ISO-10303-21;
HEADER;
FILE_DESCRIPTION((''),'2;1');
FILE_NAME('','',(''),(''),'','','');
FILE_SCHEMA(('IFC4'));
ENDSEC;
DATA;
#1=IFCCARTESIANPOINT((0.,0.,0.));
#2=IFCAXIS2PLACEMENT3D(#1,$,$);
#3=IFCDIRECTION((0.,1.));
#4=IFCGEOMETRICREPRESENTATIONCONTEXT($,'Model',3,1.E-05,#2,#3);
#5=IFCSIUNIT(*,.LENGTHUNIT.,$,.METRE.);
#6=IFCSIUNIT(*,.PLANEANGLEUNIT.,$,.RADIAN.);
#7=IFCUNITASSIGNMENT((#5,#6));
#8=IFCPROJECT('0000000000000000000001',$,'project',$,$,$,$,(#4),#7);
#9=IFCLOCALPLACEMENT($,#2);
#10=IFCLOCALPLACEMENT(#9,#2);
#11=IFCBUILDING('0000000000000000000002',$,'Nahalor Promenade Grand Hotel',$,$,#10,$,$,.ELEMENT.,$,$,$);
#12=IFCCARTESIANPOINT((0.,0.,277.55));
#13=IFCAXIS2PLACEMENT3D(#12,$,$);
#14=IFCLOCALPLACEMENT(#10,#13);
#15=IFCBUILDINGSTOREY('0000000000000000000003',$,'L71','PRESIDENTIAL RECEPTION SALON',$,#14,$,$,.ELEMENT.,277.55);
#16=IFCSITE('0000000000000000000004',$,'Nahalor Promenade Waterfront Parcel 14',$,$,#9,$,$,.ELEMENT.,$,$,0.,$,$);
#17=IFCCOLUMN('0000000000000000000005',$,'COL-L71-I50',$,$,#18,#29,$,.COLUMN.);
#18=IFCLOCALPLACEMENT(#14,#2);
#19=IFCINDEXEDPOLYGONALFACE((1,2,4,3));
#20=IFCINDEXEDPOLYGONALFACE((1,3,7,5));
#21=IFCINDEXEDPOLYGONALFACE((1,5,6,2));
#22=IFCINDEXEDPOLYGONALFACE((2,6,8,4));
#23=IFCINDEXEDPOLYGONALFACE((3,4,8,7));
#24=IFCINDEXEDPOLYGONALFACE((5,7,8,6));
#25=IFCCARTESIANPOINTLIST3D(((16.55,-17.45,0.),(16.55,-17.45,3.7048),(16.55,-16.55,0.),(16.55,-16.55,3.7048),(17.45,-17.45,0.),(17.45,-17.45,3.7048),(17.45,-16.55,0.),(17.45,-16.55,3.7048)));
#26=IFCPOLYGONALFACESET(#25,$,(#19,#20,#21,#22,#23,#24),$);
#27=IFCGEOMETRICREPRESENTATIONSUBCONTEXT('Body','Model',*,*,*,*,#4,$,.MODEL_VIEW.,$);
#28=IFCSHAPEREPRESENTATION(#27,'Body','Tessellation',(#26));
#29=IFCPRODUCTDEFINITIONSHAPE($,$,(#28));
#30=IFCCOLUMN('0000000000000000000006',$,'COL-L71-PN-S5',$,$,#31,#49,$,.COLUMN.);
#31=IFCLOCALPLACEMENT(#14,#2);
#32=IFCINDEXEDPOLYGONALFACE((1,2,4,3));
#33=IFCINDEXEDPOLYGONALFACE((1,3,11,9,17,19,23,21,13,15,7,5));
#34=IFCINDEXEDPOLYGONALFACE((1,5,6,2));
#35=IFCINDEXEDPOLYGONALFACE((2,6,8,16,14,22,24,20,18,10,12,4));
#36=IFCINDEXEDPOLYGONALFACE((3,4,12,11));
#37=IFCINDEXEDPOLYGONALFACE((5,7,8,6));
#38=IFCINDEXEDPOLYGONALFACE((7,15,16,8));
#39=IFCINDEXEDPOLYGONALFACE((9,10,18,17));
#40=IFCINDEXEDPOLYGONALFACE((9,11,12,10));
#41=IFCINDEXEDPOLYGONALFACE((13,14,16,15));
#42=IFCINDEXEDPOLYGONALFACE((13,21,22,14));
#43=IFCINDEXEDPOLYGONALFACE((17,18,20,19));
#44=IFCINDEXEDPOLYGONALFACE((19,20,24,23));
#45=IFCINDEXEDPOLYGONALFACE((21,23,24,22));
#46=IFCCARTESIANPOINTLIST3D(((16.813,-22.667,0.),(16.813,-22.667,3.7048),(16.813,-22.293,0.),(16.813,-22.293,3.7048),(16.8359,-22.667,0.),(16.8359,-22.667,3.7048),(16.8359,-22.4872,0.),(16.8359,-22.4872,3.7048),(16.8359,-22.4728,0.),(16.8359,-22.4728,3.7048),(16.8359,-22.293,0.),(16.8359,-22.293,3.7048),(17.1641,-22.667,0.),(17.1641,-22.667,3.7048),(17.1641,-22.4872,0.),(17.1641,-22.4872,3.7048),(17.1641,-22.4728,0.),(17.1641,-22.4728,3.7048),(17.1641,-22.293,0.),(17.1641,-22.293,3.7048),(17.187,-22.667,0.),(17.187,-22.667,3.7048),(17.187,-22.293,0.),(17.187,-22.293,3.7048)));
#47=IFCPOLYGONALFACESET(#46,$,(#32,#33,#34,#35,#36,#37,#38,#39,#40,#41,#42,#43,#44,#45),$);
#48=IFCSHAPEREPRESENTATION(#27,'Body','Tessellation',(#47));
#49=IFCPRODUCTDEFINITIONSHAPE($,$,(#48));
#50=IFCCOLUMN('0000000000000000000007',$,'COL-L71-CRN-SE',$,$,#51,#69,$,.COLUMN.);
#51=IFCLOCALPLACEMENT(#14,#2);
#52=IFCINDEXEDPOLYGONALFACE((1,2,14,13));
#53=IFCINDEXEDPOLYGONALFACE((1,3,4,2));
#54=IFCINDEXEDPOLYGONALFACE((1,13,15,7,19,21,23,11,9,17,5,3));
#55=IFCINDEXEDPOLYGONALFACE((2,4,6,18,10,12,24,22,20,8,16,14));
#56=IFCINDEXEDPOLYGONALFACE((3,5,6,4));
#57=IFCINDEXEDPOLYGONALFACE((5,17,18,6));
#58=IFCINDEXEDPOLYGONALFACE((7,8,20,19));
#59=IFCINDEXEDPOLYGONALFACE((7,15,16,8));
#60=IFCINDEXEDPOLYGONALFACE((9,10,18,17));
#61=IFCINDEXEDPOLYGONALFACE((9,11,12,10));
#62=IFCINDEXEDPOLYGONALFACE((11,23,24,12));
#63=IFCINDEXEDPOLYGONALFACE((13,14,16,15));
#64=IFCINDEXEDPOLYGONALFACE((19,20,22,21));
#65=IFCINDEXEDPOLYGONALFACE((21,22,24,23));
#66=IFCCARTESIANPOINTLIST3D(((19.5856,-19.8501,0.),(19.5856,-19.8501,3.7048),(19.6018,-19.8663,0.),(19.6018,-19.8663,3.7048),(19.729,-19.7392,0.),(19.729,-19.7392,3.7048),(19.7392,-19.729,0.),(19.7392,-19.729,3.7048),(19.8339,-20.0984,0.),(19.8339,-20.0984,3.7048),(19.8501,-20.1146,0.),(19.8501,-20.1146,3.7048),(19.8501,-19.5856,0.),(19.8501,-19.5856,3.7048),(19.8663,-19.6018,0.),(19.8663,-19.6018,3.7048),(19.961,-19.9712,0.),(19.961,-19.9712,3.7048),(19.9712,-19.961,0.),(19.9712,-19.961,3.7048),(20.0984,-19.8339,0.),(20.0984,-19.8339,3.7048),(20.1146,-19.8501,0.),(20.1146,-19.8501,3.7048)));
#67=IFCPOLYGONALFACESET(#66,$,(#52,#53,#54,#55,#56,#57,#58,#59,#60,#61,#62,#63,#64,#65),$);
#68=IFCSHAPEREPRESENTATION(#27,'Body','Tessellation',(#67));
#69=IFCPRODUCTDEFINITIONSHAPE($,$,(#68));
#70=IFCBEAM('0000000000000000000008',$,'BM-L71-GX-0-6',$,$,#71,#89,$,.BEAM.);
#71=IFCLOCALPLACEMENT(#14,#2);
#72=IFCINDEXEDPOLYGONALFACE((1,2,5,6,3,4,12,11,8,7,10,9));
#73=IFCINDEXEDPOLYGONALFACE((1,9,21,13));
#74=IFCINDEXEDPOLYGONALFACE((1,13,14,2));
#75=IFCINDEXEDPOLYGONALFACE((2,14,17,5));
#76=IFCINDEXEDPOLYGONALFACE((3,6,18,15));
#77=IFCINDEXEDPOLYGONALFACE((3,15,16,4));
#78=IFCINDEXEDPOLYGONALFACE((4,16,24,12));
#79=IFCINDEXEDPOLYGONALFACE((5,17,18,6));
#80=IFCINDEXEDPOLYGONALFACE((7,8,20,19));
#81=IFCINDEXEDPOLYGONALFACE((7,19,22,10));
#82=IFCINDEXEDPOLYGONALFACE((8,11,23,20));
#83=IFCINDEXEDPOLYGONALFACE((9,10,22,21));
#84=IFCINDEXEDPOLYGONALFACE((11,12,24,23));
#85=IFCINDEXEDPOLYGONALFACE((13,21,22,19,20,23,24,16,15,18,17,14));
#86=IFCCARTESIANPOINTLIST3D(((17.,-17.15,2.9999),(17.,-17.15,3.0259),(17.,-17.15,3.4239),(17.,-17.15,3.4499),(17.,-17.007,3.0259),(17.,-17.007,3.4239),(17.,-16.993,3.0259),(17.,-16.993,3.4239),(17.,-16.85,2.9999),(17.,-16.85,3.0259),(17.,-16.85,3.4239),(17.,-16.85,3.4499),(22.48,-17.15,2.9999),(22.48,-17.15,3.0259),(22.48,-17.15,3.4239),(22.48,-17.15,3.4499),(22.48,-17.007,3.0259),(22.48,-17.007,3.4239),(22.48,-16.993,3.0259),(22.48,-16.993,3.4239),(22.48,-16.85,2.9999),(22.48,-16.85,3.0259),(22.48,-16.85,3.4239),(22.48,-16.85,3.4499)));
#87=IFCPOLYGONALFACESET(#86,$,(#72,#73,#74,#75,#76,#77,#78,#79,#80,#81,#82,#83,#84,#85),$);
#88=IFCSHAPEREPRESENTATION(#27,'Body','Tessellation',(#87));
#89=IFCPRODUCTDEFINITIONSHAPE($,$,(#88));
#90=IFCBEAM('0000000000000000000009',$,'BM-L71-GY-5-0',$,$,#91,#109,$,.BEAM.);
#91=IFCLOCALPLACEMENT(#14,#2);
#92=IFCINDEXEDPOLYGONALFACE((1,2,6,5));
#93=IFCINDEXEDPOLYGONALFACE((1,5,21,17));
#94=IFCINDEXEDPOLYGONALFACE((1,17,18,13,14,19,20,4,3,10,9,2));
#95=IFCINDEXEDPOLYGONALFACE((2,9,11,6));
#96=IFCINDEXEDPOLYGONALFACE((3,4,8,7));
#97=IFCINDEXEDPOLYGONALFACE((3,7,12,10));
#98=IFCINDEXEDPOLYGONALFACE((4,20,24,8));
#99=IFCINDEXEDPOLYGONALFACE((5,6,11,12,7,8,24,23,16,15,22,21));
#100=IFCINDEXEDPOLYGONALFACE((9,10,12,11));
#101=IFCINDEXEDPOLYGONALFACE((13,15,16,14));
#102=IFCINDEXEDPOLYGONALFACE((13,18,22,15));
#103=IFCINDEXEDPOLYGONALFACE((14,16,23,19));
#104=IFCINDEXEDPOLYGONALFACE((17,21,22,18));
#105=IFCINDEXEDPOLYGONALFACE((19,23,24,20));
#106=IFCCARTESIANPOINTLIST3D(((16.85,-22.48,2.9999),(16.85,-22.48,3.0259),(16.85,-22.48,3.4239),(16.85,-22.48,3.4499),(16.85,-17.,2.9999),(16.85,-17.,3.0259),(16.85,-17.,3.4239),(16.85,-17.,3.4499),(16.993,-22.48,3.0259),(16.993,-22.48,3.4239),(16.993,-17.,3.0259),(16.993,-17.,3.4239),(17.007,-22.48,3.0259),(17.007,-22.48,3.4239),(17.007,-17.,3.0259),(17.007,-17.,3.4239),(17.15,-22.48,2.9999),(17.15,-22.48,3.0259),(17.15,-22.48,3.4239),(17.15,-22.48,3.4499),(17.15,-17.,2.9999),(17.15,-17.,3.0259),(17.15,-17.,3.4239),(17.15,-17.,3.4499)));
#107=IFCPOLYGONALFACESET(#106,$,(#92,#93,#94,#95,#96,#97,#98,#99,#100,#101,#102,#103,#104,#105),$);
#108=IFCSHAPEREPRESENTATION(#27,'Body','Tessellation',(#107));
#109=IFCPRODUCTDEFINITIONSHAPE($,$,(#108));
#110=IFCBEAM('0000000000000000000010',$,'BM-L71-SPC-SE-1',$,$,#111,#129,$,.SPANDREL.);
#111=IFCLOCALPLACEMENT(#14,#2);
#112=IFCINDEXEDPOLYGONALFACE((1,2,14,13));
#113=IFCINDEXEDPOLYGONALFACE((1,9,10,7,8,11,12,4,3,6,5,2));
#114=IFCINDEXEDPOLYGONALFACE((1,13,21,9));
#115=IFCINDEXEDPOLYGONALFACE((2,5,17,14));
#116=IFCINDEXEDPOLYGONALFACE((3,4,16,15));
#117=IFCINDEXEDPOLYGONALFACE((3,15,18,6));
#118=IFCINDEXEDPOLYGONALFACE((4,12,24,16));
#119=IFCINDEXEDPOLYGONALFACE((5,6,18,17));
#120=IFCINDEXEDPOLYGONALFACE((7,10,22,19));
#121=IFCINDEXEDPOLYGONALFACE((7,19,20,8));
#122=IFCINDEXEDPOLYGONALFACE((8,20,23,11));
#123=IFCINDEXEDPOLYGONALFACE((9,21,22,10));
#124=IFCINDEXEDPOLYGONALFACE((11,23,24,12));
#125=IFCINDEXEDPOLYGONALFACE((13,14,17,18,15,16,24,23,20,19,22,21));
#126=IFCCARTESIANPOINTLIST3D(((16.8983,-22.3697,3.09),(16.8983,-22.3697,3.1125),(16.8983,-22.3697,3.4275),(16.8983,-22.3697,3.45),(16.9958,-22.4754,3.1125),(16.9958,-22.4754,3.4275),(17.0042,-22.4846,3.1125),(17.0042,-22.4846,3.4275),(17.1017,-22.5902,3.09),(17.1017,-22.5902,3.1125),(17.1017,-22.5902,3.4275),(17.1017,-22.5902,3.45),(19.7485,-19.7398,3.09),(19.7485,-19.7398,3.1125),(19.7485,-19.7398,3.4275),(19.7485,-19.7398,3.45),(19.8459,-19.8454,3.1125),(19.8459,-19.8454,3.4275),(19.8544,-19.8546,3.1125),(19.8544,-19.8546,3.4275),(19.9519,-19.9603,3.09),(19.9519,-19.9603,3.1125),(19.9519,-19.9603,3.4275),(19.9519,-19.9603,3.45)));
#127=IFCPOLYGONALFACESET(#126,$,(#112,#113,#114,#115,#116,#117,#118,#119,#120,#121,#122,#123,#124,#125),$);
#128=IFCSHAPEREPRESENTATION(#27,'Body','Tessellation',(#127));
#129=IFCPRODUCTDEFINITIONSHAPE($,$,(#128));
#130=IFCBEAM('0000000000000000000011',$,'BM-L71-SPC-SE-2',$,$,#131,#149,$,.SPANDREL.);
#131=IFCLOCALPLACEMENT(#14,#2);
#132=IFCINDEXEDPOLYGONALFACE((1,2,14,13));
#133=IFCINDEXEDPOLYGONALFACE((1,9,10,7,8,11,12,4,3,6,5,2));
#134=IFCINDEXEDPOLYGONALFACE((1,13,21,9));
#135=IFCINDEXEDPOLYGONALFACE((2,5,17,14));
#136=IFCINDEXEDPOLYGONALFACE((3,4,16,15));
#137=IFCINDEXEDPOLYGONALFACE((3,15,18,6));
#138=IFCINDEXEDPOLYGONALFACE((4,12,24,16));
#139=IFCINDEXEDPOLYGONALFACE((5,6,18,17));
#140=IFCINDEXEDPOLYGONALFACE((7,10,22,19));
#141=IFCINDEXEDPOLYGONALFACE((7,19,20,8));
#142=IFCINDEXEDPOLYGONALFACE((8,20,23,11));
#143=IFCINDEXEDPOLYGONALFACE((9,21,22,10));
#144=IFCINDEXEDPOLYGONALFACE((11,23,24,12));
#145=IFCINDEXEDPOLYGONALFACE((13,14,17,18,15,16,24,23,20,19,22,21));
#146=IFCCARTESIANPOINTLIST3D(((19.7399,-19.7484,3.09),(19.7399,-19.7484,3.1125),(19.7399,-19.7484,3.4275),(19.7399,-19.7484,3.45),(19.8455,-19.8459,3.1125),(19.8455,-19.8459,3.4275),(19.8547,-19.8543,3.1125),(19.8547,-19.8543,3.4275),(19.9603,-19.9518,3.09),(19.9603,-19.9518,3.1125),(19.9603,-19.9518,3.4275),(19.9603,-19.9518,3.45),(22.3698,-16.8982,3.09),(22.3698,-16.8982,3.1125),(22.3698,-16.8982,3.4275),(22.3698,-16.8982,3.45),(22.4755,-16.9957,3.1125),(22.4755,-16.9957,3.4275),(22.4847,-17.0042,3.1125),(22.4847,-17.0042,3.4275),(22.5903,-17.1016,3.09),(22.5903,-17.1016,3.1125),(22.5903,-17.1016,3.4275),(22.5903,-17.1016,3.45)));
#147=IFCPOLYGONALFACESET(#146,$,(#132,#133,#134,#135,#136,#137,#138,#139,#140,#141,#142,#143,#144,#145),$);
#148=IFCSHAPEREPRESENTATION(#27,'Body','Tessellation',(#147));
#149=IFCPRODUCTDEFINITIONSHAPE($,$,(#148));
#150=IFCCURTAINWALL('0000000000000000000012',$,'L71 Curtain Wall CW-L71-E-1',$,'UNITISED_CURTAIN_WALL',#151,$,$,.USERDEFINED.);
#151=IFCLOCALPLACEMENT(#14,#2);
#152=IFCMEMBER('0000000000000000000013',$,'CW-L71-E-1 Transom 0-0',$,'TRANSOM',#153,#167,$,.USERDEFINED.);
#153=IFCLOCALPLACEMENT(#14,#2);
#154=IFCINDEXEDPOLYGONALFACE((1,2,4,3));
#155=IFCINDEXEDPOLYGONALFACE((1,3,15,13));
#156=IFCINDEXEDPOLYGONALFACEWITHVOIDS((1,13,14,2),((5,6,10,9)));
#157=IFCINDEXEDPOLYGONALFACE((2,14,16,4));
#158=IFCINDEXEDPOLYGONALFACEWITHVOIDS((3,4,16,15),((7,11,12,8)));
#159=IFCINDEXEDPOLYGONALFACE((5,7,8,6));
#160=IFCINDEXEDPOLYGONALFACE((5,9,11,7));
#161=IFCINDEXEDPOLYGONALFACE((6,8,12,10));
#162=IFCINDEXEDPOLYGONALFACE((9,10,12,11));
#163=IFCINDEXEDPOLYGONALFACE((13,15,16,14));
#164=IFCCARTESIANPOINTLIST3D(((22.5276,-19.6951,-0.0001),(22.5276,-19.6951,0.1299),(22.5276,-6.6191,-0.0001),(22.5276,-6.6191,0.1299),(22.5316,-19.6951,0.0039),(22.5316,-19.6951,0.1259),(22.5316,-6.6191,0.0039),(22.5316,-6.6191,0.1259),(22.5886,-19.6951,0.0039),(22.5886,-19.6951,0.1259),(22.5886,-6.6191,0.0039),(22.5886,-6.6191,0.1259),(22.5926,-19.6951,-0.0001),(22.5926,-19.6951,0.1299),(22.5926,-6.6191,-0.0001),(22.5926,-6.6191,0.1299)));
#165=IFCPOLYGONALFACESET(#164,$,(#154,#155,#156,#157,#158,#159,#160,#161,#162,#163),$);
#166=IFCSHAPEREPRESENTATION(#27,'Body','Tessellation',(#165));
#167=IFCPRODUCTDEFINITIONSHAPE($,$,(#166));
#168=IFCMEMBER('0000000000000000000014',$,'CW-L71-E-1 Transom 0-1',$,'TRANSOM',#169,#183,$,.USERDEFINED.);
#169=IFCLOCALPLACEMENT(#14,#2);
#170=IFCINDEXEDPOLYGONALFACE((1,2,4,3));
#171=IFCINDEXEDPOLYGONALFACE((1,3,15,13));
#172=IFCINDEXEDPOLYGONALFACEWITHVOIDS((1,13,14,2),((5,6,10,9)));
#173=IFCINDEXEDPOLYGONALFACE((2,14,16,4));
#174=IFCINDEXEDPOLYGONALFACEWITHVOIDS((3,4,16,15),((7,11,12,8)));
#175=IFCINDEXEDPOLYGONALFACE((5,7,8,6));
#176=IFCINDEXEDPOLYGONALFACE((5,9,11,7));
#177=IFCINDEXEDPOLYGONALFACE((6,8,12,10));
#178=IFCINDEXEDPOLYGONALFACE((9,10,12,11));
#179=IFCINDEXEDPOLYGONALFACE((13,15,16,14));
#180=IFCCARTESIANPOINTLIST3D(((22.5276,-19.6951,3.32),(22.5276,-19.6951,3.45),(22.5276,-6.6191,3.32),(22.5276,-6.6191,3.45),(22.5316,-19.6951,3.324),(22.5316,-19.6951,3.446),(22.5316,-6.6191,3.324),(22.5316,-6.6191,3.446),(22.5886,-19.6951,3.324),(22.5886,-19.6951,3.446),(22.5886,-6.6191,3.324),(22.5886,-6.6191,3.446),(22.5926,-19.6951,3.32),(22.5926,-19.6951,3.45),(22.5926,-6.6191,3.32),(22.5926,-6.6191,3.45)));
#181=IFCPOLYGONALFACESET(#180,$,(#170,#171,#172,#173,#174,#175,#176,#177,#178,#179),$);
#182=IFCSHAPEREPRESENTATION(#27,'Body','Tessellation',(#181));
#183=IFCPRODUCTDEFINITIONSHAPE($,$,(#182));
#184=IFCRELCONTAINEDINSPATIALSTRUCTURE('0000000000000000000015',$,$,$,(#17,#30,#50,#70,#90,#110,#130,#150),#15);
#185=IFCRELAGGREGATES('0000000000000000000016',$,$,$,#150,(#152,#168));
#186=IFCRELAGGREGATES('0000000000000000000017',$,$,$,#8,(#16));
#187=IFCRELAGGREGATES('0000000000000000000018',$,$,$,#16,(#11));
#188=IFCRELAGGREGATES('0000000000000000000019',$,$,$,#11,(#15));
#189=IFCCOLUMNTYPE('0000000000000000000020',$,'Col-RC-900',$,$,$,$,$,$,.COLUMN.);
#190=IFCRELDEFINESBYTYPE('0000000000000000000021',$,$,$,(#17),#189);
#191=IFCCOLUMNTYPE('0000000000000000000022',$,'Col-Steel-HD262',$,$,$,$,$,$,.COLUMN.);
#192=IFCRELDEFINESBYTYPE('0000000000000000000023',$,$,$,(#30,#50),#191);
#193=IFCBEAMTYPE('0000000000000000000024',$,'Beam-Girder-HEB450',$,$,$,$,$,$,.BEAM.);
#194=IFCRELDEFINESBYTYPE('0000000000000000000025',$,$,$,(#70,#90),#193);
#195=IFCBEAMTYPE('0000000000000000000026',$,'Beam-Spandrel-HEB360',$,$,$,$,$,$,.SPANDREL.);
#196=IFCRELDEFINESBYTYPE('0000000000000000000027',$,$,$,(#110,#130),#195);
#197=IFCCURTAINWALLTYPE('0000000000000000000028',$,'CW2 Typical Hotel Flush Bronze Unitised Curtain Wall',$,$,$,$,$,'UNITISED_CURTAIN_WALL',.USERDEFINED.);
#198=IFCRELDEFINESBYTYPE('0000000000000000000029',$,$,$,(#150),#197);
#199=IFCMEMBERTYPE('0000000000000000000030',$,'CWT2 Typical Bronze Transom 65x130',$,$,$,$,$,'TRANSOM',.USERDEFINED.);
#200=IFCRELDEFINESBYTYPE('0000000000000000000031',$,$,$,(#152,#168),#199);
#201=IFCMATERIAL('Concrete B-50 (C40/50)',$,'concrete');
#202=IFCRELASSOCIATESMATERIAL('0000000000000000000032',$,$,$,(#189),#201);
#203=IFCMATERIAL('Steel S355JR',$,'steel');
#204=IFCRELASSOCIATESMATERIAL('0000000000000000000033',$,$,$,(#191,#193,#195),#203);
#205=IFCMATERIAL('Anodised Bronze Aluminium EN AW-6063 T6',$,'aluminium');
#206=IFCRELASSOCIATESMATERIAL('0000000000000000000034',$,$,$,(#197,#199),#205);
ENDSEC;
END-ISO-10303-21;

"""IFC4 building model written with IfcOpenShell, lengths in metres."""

from ifc_helpers import new_model, si_unit, direction, frame, origin, origin_2d, place, context, subcontext, project, spatial, rectangle, hollow_rectangle, i_section, extrude, source, transform, mapped, material, material_profile, profile_set, type_object, element, aggregate, save


model = new_model("IFC4")

# Units and contexts
model_context = context("Model", 3, precision=1e-05, world=origin(), true_north=direction((0.0, 1.0)))
body_context = subcontext(model_context, "Body", "Model", "MODEL_VIEW")
ifc_project = project(units=[si_unit("LENGTHUNIT", "METRE"), si_unit("PLANEANGLEUNIT", "RADIAN")], contexts=[model_context])

# Site, building, storey
site_placement = place(None, origin())
site = spatial("IfcSite", under=ifc_project, at=site_placement, Name="Nahalor Promenade Waterfront Parcel 14", CompositionType="ELEMENT", RefElevation=0.0)
building_placement = place(site_placement, origin())
building = spatial("IfcBuilding", under=site, at=building_placement, Name="Nahalor Promenade Grand Hotel", CompositionType="ELEMENT")
storey_placement = place(building_placement, frame((0.0, 0.0, 277.55)))
storey = spatial("IfcBuildingStorey", under=building, at=storey_placement, Name="L71", Description="PRESIDENTIAL RECEPTION SALON", CompositionType="ELEMENT", Elevation=277.55)

# Columns
ifc_material_1 = material(Name="Concrete B-50 (C40/50)", Category="concrete")
ifc_material_profile_1 = material_profile(ifc_material_1, rectangle(XDim=0.9, YDim=0.9, at=origin_2d()), Name="RC 900x900")
ifc_profile_set_1 = profile_set([ifc_material_profile_1], Name="Concrete B-50 (C40/50)")
column_type_1 = type_object("IfcColumnType", Name="Col-RC-900", PredefinedType="COLUMN", material=ifc_profile_set_1)
shared_shape_1 = source(origin(), body_context, "Body", "SweptSolid", [
    extrude(rectangle(XDim=0.9, YDim=0.9, at=origin_2d()), origin(), (0.0, 0.0, 1.0), 3.7048),
])
column_placement = place(storey_placement, frame((17.0, -17.0, 0.0), z_axis=(0.0, 0.0, 1.0), x_axis=(1.0, 0.0, 0.0)))
element("IfcColumn", 1, at=column_placement, inside=storey, type_object=column_type_1, Name="COL-L71-I50", PredefinedType="COLUMN", context=body_context, shape_type="MappedRepresentation", body=[
    mapped(shared_shape_1, transform((0.0, 0.0, 0.0), scale=1.0)),
])
ifc_material_2 = material(Name="Steel S355JR", Category="steel")
ifc_material_profile_2 = material_profile(ifc_material_2, i_section(OverallWidth=0.374, OverallDepth=0.374, WebThickness=0.0144, FlangeThickness=0.0229, at=origin_2d()), Name="HD 360x262")
ifc_profile_set_2 = profile_set([ifc_material_profile_2], Name="Steel S355JR")
column_type_2 = type_object("IfcColumnType", Name="Col-Steel-HD262", PredefinedType="COLUMN", material=ifc_profile_set_2)
shared_shape_2 = source(origin(), body_context, "Body", "SweptSolid", [
    extrude(i_section(OverallWidth=0.374, OverallDepth=0.374, WebThickness=0.0144, FlangeThickness=0.0229, at=origin_2d()), origin(), (0.0, 0.0, 1.0), 3.7048),
])
for number, where, z_axis, x_axis, name in (
    (2, (17.0, -22.48, 0.0), (0.0, 0.0, 1.0), (0.0, 1.0, 0.0), "COL-L71-PN-S5"),
    (3, (19.8501, -19.8501, 0.0), (0.0, 0.0, 1.0), (0.707107, 0.707107, 0.0), "COL-L71-CRN-SE"),
):
    element("IfcColumn", number, at=place(storey_placement, frame(where, z_axis=z_axis, x_axis=x_axis)), inside=storey, type_object=column_type_2, Name=name, PredefinedType="COLUMN", context=body_context, shape_type="MappedRepresentation", body=[
        mapped(shared_shape_2, transform((0.0, 0.0, 0.0), scale=1.0)),
    ])

# Beams
ifc_material_profile_3 = material_profile(ifc_material_2, i_section(OverallWidth=0.3, OverallDepth=0.45, WebThickness=0.014, FlangeThickness=0.026, at=origin_2d()), Name="HEB 450")
ifc_profile_set_3 = profile_set([ifc_material_profile_3], Name="Steel S355JR")
beam_type_1 = type_object("IfcBeamType", Name="Beam-Girder-HEB450", PredefinedType="BEAM", material=ifc_profile_set_3)
shared_shape_3 = source(origin(), body_context, "Body", "SweptSolid", [
    extrude(i_section(OverallWidth=0.3, OverallDepth=0.45, WebThickness=0.014, FlangeThickness=0.026, at=origin_2d()), origin(), (0.0, 0.0, 1.0), 5.48),
])
for number, where, z_axis, x_axis, name in (
    (4, (17.0, -17.0, 3.2249), (1.0, 0.0, 0.0), (0.0, 1.0, 0.0), "BM-L71-GX-0-6"),
    (5, (17.0, -22.48, 3.2249), (0.0, 1.0, 0.0), (-1.0, 0.0, 0.0), "BM-L71-GY-5-0"),
):
    element("IfcBeam", number, at=place(storey_placement, frame(where, z_axis=z_axis, x_axis=x_axis)), inside=storey, type_object=beam_type_1, Name=name, PredefinedType="BEAM", context=body_context, shape_type="MappedRepresentation", body=[
        mapped(shared_shape_3, transform((0.0, 0.0, 0.0), scale=1.0)),
    ])
ifc_material_profile_4 = material_profile(ifc_material_2, i_section(OverallWidth=0.3, OverallDepth=0.36, WebThickness=0.0125, FlangeThickness=0.0225, at=origin_2d()), Name="HEB 360")
ifc_profile_set_4 = profile_set([ifc_material_profile_4], Name="Steel S355JR")
beam_type_2 = type_object("IfcBeamType", Name="Beam-Spandrel-HEB360", PredefinedType="SPANDREL", material=ifc_profile_set_4)
shared_shape_4 = source(origin(), body_context, "Body", "SweptSolid", [
    extrude(i_section(OverallWidth=0.3, OverallDepth=0.36, WebThickness=0.0125, FlangeThickness=0.0225, at=origin_2d()), origin(), (0.0, 0.0, 1.0), 3.8782),
])
for number, where, z_axis, x_axis, name in (
    (6, (17.0, -22.48, 3.27), (0.734929, 0.678144, 0.0), (-0.678144, 0.734929, 0.0), "BM-L71-SPC-SE-1"),
    (7, (19.8501, -19.8501, 3.27), (0.678144, 0.734929, 0.0), (-0.734929, 0.678144, 0.0), "BM-L71-SPC-SE-2"),
):
    element("IfcBeam", number, at=place(storey_placement, frame(where, z_axis=z_axis, x_axis=x_axis)), inside=storey, type_object=beam_type_2, Name=name, PredefinedType="SPANDREL", context=body_context, shape_type="MappedRepresentation", body=[
        mapped(shared_shape_4, transform((0.0, 0.0, 0.0), scale=1.0)),
    ])

# Curtain wall, members
ifc_material_3 = material(Name="Anodised Bronze Aluminium EN AW-6063 T6", Category="aluminium")
curtain_wall_type = type_object("IfcCurtainWallType", Name="CW2 Typical Hotel Flush Bronze Unitised Curtain Wall", ElementType="UNITISED_CURTAIN_WALL", PredefinedType="USERDEFINED", material=ifc_material_3)
curtain_wall_1_placement = place(storey_placement, origin())
curtain_wall_1 = element("IfcCurtainWall", 8, at=curtain_wall_1_placement, inside=storey, type_object=curtain_wall_type, Name="L71 Curtain Wall CW-L71-E-1", ObjectType="UNITISED_CURTAIN_WALL", PredefinedType="USERDEFINED")
ifc_material_profile_5 = material_profile(ifc_material_3, hollow_rectangle(XDim=0.065, YDim=0.13, WallThickness=0.004, at=origin_2d()), Name="CWT 65x130x4")
ifc_profile_set_5 = profile_set([ifc_material_profile_5], Name="Anodised Bronze Aluminium EN AW-6063 T6")
member_type_1 = type_object("IfcMemberType", Name="CWT2 Typical Bronze Transom 65x130", ElementType="TRANSOM", PredefinedType="USERDEFINED", material=ifc_profile_set_5)
shared_shape_5 = source(origin(), body_context, "Body", "SweptSolid", [
    extrude(hollow_rectangle(XDim=0.065, YDim=0.13, WallThickness=0.004, at=origin_2d()), origin(), (0.0, 0.0, 1.0), 13.0759),
])
member_1_placement = place(storey_placement, frame((22.5601, -19.6951, 0.0649), z_axis=(0.0, 1.0, 0.0), x_axis=(-1.0, 0.0, 0.0)))
member_1 = element("IfcMember", 9, at=member_1_placement, type_object=member_type_1, Name="CW-L71-E-1 Transom 0-0", ObjectType="TRANSOM", PredefinedType="USERDEFINED", context=body_context, shape_type="MappedRepresentation", body=[
    mapped(shared_shape_5, transform((0.0, 0.0, 0.0), scale=1.0)),
])
member_2_placement = place(storey_placement, frame((22.5601, -19.6951, 3.385), z_axis=(0.0, 1.0, 0.0), x_axis=(-1.0, 0.0, 0.0)))
member_2 = element("IfcMember", 10, at=member_2_placement, type_object=member_type_1, Name="CW-L71-E-1 Transom 0-1", ObjectType="TRANSOM", PredefinedType="USERDEFINED", context=body_context, shape_type="MappedRepresentation", body=[
    mapped(shared_shape_5, transform((0.0, 0.0, 0.0), scale=1.0)),
])

aggregate(curtain_wall_1, [member_1, member_2])

save(model, "model.ifc")
